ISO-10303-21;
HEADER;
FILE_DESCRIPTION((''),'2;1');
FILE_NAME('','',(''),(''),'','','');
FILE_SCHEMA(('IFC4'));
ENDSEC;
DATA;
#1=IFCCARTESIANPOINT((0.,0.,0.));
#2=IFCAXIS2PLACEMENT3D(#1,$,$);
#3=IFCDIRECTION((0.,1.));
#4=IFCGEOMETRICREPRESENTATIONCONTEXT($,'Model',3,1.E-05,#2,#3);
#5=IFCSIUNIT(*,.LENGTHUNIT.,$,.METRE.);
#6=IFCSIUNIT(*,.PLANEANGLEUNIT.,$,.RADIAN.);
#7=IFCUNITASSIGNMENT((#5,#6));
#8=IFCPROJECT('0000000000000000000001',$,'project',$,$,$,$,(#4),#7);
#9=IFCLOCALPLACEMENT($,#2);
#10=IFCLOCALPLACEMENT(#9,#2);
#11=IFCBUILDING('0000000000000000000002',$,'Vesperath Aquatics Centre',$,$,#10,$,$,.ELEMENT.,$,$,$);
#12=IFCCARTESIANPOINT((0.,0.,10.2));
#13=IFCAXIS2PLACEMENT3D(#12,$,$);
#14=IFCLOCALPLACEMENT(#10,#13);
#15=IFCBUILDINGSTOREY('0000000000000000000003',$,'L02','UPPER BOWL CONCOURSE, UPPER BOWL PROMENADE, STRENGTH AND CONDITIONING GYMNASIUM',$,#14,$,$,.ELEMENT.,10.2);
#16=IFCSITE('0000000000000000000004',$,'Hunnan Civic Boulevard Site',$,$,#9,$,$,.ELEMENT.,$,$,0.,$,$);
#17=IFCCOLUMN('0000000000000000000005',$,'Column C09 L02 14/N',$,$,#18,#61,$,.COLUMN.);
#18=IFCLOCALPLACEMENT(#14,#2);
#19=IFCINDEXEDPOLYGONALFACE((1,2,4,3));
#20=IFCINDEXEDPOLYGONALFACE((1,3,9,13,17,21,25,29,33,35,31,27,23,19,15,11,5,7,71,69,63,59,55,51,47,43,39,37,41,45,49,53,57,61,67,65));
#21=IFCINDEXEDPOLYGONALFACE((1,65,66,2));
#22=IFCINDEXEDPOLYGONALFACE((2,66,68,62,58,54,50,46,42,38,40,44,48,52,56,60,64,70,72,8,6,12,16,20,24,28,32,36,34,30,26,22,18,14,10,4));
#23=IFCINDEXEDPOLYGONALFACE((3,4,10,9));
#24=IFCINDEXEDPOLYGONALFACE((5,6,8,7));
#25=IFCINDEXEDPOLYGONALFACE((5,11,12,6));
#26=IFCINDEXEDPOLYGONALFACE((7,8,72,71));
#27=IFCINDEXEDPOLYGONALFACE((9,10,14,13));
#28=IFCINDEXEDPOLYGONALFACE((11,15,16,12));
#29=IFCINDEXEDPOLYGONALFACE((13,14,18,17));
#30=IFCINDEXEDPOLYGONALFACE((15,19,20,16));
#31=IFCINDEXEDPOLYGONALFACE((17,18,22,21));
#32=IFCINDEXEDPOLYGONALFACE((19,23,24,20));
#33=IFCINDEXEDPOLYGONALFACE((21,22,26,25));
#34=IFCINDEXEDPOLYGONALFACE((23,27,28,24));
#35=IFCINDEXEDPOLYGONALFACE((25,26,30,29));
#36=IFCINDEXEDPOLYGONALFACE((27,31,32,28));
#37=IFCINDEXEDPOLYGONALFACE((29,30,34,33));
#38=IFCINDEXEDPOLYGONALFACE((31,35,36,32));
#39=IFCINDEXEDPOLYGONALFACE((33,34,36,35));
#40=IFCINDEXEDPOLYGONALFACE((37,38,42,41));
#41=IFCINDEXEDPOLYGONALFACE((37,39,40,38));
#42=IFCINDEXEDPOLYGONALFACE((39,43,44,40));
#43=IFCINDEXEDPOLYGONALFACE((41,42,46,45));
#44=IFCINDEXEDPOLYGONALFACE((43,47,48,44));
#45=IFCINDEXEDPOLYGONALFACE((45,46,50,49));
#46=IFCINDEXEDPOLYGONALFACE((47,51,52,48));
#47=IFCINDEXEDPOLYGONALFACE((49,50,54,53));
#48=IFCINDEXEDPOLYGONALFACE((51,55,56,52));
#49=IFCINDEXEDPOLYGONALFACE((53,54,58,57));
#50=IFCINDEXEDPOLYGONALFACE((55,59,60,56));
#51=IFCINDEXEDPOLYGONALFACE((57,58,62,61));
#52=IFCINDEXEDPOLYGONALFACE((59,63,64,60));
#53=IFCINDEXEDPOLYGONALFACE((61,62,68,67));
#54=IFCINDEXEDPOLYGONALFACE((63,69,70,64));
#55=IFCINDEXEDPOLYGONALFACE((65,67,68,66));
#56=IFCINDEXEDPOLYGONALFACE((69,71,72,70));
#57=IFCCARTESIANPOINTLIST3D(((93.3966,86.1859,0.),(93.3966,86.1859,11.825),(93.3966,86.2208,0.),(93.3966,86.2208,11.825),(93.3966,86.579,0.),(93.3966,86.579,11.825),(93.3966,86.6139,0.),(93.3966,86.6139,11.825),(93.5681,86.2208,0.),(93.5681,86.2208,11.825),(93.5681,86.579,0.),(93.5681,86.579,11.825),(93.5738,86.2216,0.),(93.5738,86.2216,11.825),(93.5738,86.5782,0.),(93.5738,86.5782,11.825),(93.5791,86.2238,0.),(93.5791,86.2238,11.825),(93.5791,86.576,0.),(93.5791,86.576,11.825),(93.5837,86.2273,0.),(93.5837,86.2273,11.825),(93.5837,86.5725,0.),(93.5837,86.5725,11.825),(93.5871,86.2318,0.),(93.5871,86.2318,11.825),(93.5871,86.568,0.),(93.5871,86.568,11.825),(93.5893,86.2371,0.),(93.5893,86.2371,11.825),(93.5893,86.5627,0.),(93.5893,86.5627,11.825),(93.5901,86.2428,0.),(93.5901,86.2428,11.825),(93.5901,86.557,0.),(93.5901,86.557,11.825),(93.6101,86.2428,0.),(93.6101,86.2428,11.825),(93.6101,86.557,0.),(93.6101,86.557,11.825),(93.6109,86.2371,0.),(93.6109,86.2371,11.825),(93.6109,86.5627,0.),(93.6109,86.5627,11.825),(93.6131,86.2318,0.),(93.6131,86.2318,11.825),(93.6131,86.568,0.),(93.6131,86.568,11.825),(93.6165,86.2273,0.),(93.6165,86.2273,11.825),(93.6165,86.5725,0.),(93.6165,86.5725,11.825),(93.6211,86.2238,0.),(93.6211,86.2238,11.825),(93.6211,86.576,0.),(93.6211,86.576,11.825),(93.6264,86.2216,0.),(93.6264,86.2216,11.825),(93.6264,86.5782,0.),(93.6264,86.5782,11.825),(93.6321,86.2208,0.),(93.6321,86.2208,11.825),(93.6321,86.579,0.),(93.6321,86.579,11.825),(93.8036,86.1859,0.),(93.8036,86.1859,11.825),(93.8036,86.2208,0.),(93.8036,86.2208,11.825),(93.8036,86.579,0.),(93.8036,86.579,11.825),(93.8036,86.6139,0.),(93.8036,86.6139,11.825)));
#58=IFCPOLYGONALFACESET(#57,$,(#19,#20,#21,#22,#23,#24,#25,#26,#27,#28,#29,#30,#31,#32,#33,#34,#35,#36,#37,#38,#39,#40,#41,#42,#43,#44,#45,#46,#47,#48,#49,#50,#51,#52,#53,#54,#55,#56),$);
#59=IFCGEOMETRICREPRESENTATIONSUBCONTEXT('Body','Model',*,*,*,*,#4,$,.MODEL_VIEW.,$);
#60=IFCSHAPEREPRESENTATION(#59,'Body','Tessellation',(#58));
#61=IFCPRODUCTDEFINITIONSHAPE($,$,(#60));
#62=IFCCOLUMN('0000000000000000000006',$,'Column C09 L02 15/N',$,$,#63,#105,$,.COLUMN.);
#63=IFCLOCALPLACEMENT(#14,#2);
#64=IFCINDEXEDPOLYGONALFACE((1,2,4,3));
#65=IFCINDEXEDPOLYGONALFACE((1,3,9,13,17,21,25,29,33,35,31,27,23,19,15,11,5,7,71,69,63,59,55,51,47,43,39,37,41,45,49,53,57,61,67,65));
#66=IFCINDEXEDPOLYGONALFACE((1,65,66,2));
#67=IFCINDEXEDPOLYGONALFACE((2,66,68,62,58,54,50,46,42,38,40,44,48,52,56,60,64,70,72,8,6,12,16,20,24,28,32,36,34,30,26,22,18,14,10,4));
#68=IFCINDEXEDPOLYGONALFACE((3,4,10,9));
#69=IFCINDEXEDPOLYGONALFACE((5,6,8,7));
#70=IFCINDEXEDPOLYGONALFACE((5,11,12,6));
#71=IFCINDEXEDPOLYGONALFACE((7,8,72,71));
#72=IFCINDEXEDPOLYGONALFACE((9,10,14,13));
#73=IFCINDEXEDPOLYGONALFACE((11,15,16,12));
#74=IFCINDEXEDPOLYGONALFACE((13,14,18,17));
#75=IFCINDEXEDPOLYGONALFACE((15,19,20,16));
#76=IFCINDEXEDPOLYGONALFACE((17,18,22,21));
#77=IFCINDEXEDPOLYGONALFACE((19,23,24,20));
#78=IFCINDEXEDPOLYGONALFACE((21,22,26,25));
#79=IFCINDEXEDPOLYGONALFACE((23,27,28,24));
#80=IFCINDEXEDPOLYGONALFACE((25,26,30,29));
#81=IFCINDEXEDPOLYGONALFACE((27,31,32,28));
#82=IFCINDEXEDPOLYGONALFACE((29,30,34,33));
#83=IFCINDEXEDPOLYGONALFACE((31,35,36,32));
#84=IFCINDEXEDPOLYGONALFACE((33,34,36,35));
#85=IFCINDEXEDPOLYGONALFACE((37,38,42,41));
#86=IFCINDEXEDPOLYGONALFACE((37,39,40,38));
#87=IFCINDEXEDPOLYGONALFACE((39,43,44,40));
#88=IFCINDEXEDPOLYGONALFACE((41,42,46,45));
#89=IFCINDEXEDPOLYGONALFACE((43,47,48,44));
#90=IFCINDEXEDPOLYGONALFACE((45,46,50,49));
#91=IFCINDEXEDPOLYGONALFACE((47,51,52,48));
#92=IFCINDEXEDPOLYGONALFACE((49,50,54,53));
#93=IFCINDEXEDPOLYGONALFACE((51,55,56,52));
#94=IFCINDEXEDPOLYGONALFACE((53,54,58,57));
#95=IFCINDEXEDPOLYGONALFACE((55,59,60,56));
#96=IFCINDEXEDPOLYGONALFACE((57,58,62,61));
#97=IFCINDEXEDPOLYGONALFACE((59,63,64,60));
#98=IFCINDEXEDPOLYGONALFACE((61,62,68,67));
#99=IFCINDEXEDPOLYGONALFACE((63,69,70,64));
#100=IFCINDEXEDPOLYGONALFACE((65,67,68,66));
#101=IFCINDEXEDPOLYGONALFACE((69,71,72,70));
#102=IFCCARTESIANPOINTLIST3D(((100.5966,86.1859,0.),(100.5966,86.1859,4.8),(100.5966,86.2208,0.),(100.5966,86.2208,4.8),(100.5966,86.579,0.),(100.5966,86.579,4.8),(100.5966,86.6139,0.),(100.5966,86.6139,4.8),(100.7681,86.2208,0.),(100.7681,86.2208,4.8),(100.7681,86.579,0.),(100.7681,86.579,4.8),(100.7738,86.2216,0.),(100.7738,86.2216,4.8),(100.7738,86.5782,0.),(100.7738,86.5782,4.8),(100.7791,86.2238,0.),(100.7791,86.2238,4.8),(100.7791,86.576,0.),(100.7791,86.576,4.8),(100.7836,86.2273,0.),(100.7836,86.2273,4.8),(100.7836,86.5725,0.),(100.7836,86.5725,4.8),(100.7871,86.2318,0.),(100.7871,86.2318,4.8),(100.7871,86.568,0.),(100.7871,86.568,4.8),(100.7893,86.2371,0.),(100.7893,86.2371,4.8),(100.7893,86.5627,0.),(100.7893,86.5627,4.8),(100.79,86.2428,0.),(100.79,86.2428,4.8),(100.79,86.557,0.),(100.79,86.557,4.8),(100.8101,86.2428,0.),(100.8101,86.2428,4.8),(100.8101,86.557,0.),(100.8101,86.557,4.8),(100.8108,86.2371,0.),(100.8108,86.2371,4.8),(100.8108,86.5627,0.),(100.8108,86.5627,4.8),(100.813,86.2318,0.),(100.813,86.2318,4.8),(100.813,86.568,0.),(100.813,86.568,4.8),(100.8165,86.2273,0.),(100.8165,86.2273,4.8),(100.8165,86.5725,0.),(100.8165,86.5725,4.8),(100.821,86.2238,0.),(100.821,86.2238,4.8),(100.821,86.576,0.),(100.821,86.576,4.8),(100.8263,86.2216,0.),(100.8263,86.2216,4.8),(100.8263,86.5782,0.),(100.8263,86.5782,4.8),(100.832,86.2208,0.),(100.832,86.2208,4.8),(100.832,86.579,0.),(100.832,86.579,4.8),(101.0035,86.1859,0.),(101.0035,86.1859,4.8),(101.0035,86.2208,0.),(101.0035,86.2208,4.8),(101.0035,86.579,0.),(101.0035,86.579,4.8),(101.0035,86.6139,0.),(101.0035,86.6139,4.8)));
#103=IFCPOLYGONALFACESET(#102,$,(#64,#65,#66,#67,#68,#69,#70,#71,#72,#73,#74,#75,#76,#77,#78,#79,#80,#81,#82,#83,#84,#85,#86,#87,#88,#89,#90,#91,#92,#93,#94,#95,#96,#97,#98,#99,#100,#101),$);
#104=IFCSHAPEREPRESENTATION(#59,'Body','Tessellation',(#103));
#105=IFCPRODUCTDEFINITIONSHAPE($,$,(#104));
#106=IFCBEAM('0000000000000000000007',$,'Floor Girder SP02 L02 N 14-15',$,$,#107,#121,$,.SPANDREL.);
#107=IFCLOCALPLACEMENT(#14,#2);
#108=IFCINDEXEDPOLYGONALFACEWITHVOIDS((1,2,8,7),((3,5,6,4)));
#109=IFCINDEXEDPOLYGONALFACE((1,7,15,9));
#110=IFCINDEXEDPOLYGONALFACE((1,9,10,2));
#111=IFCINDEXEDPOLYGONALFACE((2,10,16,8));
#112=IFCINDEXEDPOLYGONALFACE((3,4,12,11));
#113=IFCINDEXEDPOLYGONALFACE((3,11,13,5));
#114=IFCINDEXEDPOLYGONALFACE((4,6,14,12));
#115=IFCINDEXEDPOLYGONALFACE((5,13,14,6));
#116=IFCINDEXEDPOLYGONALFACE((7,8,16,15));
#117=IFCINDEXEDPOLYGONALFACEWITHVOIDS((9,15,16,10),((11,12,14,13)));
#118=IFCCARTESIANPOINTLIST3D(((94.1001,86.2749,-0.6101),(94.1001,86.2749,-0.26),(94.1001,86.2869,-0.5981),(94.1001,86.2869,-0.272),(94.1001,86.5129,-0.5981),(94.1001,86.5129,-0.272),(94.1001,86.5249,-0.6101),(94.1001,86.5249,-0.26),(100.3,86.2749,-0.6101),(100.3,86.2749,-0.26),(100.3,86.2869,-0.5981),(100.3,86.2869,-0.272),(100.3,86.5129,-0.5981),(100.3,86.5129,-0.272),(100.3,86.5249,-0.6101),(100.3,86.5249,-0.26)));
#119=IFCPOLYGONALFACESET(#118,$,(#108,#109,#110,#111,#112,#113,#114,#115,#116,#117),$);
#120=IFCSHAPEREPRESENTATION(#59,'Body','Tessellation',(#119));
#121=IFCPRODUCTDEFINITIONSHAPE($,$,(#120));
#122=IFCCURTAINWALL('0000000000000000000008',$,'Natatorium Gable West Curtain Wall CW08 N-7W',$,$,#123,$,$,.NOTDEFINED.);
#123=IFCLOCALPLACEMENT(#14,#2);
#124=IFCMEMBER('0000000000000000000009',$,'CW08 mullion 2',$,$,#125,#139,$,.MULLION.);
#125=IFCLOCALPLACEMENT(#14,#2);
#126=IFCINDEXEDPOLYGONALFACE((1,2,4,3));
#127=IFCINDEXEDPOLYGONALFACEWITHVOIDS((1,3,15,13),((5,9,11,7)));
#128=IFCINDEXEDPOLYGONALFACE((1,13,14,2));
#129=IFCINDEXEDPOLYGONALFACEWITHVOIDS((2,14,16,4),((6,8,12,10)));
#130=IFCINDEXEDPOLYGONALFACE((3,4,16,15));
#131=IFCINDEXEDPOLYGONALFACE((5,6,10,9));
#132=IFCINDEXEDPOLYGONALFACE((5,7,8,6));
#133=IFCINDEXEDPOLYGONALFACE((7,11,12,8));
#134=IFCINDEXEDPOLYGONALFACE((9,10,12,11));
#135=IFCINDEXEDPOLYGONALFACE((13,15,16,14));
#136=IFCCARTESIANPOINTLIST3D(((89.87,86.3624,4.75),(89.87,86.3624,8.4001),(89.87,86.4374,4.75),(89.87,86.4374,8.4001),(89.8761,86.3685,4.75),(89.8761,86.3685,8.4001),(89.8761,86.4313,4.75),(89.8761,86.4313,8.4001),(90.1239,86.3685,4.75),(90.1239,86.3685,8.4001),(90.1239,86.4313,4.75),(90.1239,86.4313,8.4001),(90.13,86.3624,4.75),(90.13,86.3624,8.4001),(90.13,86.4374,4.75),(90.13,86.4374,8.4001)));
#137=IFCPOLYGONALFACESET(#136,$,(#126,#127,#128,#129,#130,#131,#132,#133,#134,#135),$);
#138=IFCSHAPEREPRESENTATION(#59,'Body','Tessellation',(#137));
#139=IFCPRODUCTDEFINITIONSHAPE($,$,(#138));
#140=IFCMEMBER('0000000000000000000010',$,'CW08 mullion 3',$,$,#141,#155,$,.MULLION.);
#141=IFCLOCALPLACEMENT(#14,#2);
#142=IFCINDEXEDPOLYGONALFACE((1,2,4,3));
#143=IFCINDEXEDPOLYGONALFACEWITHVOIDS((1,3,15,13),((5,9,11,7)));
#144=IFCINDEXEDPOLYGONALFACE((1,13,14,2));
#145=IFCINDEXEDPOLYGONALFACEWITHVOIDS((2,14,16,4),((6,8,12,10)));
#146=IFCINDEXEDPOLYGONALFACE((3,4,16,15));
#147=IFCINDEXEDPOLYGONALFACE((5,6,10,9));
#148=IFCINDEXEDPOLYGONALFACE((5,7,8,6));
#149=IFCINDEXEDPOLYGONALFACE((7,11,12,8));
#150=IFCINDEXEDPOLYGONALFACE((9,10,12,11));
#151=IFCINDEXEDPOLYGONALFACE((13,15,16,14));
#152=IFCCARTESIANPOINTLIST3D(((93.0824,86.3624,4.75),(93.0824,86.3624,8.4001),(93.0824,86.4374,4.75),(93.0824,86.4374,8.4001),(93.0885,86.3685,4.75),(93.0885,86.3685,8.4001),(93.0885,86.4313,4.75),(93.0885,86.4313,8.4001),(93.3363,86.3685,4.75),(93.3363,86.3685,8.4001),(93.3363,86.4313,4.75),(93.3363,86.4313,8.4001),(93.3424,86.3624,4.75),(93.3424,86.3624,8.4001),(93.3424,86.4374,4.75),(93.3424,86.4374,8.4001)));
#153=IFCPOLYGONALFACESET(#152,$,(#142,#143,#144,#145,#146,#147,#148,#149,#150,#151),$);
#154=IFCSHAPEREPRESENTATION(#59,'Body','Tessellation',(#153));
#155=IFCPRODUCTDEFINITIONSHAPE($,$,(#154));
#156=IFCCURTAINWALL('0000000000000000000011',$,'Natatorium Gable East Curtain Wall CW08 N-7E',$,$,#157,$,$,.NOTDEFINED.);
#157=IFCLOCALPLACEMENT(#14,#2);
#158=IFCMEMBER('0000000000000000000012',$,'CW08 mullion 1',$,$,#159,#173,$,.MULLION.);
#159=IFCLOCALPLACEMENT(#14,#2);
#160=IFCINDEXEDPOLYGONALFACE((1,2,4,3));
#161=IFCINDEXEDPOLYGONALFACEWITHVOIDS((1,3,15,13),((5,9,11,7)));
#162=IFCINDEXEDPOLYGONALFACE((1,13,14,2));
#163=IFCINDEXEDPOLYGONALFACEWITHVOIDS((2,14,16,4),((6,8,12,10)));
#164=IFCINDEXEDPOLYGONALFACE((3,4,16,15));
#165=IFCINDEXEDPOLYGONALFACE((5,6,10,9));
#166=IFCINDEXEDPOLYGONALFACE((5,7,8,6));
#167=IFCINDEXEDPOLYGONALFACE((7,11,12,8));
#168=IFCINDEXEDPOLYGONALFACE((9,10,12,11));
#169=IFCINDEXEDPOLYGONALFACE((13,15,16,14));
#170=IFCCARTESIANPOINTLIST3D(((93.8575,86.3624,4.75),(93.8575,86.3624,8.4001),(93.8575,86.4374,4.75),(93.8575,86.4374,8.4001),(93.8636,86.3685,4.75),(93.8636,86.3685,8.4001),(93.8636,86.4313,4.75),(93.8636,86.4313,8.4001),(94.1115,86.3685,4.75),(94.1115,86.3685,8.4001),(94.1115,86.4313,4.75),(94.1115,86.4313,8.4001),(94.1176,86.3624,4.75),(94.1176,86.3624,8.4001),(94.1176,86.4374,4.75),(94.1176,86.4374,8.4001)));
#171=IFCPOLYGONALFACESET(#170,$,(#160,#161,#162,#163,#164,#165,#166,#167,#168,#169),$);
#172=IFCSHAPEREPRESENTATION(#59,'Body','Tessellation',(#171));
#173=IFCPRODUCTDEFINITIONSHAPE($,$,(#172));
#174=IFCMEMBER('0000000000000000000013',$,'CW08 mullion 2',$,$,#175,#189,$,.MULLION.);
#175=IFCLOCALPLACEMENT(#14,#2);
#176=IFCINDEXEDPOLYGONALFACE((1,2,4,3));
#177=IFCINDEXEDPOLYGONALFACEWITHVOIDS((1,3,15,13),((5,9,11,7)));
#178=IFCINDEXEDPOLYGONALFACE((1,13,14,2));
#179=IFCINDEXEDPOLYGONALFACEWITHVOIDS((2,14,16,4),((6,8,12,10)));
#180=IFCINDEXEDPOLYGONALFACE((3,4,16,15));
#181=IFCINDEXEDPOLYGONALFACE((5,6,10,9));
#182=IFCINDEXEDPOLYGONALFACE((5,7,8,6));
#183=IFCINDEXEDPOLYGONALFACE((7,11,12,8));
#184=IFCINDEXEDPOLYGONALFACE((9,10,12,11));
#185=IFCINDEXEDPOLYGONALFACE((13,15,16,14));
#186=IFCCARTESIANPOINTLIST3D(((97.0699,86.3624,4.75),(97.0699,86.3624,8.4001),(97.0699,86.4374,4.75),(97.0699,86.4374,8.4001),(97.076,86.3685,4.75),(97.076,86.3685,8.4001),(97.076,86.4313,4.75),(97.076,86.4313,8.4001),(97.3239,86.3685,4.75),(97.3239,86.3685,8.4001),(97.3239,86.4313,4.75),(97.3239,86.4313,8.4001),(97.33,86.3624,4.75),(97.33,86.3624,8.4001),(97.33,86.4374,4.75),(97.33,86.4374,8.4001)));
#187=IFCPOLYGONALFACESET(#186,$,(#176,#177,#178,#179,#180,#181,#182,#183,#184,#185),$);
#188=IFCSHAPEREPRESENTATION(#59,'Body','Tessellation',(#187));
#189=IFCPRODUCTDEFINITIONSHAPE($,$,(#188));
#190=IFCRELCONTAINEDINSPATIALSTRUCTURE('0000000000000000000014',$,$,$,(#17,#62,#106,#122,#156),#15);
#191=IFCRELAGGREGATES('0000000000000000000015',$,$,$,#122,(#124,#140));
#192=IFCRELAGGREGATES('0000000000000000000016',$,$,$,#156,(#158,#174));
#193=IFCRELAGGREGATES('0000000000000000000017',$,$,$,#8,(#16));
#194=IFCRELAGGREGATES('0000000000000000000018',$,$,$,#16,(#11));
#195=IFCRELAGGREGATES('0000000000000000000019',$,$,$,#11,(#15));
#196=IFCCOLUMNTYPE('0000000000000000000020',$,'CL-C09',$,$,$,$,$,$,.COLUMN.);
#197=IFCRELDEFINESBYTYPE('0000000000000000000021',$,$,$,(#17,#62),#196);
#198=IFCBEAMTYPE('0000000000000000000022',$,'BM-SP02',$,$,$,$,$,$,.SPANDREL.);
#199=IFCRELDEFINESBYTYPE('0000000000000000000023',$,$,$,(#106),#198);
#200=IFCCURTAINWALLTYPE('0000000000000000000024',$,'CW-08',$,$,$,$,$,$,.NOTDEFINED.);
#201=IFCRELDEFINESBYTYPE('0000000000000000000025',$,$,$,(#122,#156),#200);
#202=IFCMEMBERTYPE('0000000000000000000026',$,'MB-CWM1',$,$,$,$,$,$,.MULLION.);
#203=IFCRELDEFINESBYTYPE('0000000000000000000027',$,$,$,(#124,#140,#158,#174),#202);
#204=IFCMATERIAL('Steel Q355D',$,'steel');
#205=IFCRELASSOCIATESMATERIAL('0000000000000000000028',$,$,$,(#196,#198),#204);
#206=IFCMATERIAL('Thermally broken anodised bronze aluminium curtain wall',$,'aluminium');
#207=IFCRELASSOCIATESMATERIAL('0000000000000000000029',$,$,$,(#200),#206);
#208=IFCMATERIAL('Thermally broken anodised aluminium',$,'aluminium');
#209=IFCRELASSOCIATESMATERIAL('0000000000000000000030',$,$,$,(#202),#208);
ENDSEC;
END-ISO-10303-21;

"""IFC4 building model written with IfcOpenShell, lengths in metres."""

from ifc_helpers import new_model, si_unit, direction, frame, origin, origin_2d, place, context, subcontext, project, spatial, hollow_rectangle, i_section, extrude, material, material_profile, profile_set, type_object, element, aggregate, save


model = new_model("IFC4")

# Units and contexts
model_context = context("Model", 3, precision=1e-05, world=origin(), true_north=direction((0.0, 1.0)))
body_context = subcontext(model_context, "Body", "Model", "MODEL_VIEW")
ifc_project = project(units=[si_unit("LENGTHUNIT", "METRE"), si_unit("PLANEANGLEUNIT", "RADIAN")], contexts=[model_context])

# Site, building, storey
site_placement = place(None, origin())
site = spatial("IfcSite", under=ifc_project, at=site_placement, Name="Hunnan Civic Boulevard Site", CompositionType="ELEMENT", RefElevation=0.0)
building_placement = place(site_placement, origin())
building = spatial("IfcBuilding", under=site, at=building_placement, Name="Vesperath Aquatics Centre", CompositionType="ELEMENT")
storey_placement = place(building_placement, frame((0.0, 0.0, 10.2)))
storey = spatial("IfcBuildingStorey", under=building, at=storey_placement, Name="L02", Description="UPPER BOWL CONCOURSE, UPPER BOWL PROMENADE, STRENGTH AND CONDITIONING GYMNASIUM", CompositionType="ELEMENT", Elevation=10.2)

# Columns
ifc_material_1 = material(Name="Steel Q355D", Category="steel")
ifc_material_profile_1 = material_profile(ifc_material_1, i_section(OverallWidth=0.407, OverallDepth=0.428, WebThickness=0.02, FlangeThickness=0.0349, FilletRadius=0.022, at=origin_2d()), Name="HW 428x407x20x35")
ifc_profile_set_1 = profile_set([ifc_material_profile_1], Name="Steel Q355D")
column_type = type_object("IfcColumnType", Name="CL-C09", PredefinedType="COLUMN", material=ifc_profile_set_1)
column_1_placement = place(storey_placement, frame((93.6001, 86.3999, 0.0), z_axis=(0.0, 0.0, 1.0), x_axis=(1.0, 0.0, 0.0)))
element("IfcColumn", 1, at=column_1_placement, inside=storey, type_object=column_type, Name="Column C09 L02 14/N", PredefinedType="COLUMN", context=body_context, shape_type="SweptSolid", body=[
    extrude(i_section(OverallWidth=0.407, OverallDepth=0.428, WebThickness=0.02, FlangeThickness=0.0349, FilletRadius=0.022, at=origin_2d()), origin(), (0.0, 0.0, 1.0), 11.825),
])
column_2_placement = place(storey_placement, frame((100.8, 86.3999, 0.0), z_axis=(0.0, 0.0, 1.0), x_axis=(1.0, 0.0, 0.0)))
element("IfcColumn", 2, at=column_2_placement, inside=storey, type_object=column_type, Name="Column C09 L02 15/N", PredefinedType="COLUMN", context=body_context, shape_type="SweptSolid", body=[
    extrude(i_section(OverallWidth=0.407, OverallDepth=0.428, WebThickness=0.02, FlangeThickness=0.0349, FilletRadius=0.022, at=origin_2d()), origin(), (0.0, 0.0, 1.0), 4.8),
])

# Beam
ifc_material_profile_2 = material_profile(ifc_material_1, hollow_rectangle(XDim=0.25, YDim=0.3501, WallThickness=0.012, at=origin_2d()), Name="RHS 350x250x12")
ifc_profile_set_2 = profile_set([ifc_material_profile_2], Name="Steel Q355D")
beam_type = type_object("IfcBeamType", Name="BM-SP02", PredefinedType="SPANDREL", material=ifc_profile_set_2)
beam_placement = place(storey_placement, frame((94.1001, 86.3999, -0.4351), z_axis=(1.0, 0.0, 0.0), x_axis=(0.0, 1.0, 0.0)))
element("IfcBeam", 3, at=beam_placement, inside=storey, type_object=beam_type, Name="Floor Girder SP02 L02 N 14-15", PredefinedType="SPANDREL", context=body_context, shape_type="SweptSolid", body=[
    extrude(hollow_rectangle(XDim=0.25, YDim=0.3501, WallThickness=0.012, at=origin_2d()), origin(), (0.0, 0.0, 1.0), 6.2),
])

# Curtain walls, members
ifc_material_2 = material(Name="Thermally broken anodised bronze aluminium curtain wall", Category="aluminium")
curtain_wall_type_1 = type_object("IfcCurtainWallType", Name="CW-08", PredefinedType="NOTDEFINED", material=ifc_material_2)
curtain_wall_1_placement = place(storey_placement, origin())
curtain_wall_1 = element("IfcCurtainWall", 4, at=curtain_wall_1_placement, inside=storey, type_object=curtain_wall_type_1, Name="Natatorium Gable West Curtain Wall CW08 N-7W", PredefinedType="NOTDEFINED")
ifc_material_3 = material(Name="Thermally broken anodised aluminium", Category="aluminium")
ifc_material_profile_3 = material_profile(ifc_material_3, hollow_rectangle(XDim=0.075, YDim=0.26, WallThickness=0.0061, at=origin_2d()), Name="CWM 75x260x6")
ifc_profile_set_3 = profile_set([ifc_material_profile_3], Name="Thermally broken anodised aluminium")
member_type_1 = type_object("IfcMemberType", Name="MB-CWM1", PredefinedType="MULLION", material=ifc_profile_set_3)
member_1_placement = place(storey_placement, frame((90.0, 86.3999, 4.75), z_axis=(0.0, 0.0, 1.0), x_axis=(0.0, 1.0, 0.0)))
member_1 = element("IfcMember", 5, at=member_1_placement, type_object=member_type_1, Name="CW08 mullion 2", PredefinedType="MULLION", context=body_context, shape_type="SweptSolid", body=[
    extrude(hollow_rectangle(XDim=0.075, YDim=0.26, WallThickness=0.0061, at=origin_2d()), origin(), (0.0, 0.0, 1.0), 3.6501),
])
member_2_placement = place(storey_placement, frame((93.2124, 86.3999, 4.75), z_axis=(0.0, 0.0, 1.0), x_axis=(0.0, 1.0, 0.0)))
member_2 = element("IfcMember", 6, at=member_2_placement, type_object=member_type_1, Name="CW08 mullion 3", PredefinedType="MULLION", context=body_context, shape_type="SweptSolid", body=[
    extrude(hollow_rectangle(XDim=0.075, YDim=0.26, WallThickness=0.0061, at=origin_2d()), origin(), (0.0, 0.0, 1.0), 3.6501),
])
curtain_wall_2_placement = place(storey_placement, origin())
curtain_wall_2 = element("IfcCurtainWall", 7, at=curtain_wall_2_placement, inside=storey, type_object=curtain_wall_type_1, Name="Natatorium Gable East Curtain Wall CW08 N-7E", PredefinedType="NOTDEFINED")
member_3_placement = place(storey_placement, frame((93.9875, 86.3999, 4.75), z_axis=(0.0, 0.0, 1.0), x_axis=(0.0, 1.0, 0.0)))
member_3 = element("IfcMember", 8, at=member_3_placement, type_object=member_type_1, Name="CW08 mullion 1", PredefinedType="MULLION", context=body_context, shape_type="SweptSolid", body=[
    extrude(hollow_rectangle(XDim=0.075, YDim=0.26, WallThickness=0.0061, at=origin_2d()), origin(), (0.0, 0.0, 1.0), 3.6501),
])
member_4_placement = place(storey_placement, frame((97.2, 86.3999, 4.75), z_axis=(0.0, 0.0, 1.0), x_axis=(0.0, 1.0, 0.0)))
member_4 = element("IfcMember", 9, at=member_4_placement, type_object=member_type_1, Name="CW08 mullion 2", PredefinedType="MULLION", context=body_context, shape_type="SweptSolid", body=[
    extrude(hollow_rectangle(XDim=0.075, YDim=0.26, WallThickness=0.0061, at=origin_2d()), origin(), (0.0, 0.0, 1.0), 3.6501),
])

aggregate(curtain_wall_1, [member_1, member_2])
aggregate(curtain_wall_2, [member_3, member_4])

save(model, "model.ifc")
